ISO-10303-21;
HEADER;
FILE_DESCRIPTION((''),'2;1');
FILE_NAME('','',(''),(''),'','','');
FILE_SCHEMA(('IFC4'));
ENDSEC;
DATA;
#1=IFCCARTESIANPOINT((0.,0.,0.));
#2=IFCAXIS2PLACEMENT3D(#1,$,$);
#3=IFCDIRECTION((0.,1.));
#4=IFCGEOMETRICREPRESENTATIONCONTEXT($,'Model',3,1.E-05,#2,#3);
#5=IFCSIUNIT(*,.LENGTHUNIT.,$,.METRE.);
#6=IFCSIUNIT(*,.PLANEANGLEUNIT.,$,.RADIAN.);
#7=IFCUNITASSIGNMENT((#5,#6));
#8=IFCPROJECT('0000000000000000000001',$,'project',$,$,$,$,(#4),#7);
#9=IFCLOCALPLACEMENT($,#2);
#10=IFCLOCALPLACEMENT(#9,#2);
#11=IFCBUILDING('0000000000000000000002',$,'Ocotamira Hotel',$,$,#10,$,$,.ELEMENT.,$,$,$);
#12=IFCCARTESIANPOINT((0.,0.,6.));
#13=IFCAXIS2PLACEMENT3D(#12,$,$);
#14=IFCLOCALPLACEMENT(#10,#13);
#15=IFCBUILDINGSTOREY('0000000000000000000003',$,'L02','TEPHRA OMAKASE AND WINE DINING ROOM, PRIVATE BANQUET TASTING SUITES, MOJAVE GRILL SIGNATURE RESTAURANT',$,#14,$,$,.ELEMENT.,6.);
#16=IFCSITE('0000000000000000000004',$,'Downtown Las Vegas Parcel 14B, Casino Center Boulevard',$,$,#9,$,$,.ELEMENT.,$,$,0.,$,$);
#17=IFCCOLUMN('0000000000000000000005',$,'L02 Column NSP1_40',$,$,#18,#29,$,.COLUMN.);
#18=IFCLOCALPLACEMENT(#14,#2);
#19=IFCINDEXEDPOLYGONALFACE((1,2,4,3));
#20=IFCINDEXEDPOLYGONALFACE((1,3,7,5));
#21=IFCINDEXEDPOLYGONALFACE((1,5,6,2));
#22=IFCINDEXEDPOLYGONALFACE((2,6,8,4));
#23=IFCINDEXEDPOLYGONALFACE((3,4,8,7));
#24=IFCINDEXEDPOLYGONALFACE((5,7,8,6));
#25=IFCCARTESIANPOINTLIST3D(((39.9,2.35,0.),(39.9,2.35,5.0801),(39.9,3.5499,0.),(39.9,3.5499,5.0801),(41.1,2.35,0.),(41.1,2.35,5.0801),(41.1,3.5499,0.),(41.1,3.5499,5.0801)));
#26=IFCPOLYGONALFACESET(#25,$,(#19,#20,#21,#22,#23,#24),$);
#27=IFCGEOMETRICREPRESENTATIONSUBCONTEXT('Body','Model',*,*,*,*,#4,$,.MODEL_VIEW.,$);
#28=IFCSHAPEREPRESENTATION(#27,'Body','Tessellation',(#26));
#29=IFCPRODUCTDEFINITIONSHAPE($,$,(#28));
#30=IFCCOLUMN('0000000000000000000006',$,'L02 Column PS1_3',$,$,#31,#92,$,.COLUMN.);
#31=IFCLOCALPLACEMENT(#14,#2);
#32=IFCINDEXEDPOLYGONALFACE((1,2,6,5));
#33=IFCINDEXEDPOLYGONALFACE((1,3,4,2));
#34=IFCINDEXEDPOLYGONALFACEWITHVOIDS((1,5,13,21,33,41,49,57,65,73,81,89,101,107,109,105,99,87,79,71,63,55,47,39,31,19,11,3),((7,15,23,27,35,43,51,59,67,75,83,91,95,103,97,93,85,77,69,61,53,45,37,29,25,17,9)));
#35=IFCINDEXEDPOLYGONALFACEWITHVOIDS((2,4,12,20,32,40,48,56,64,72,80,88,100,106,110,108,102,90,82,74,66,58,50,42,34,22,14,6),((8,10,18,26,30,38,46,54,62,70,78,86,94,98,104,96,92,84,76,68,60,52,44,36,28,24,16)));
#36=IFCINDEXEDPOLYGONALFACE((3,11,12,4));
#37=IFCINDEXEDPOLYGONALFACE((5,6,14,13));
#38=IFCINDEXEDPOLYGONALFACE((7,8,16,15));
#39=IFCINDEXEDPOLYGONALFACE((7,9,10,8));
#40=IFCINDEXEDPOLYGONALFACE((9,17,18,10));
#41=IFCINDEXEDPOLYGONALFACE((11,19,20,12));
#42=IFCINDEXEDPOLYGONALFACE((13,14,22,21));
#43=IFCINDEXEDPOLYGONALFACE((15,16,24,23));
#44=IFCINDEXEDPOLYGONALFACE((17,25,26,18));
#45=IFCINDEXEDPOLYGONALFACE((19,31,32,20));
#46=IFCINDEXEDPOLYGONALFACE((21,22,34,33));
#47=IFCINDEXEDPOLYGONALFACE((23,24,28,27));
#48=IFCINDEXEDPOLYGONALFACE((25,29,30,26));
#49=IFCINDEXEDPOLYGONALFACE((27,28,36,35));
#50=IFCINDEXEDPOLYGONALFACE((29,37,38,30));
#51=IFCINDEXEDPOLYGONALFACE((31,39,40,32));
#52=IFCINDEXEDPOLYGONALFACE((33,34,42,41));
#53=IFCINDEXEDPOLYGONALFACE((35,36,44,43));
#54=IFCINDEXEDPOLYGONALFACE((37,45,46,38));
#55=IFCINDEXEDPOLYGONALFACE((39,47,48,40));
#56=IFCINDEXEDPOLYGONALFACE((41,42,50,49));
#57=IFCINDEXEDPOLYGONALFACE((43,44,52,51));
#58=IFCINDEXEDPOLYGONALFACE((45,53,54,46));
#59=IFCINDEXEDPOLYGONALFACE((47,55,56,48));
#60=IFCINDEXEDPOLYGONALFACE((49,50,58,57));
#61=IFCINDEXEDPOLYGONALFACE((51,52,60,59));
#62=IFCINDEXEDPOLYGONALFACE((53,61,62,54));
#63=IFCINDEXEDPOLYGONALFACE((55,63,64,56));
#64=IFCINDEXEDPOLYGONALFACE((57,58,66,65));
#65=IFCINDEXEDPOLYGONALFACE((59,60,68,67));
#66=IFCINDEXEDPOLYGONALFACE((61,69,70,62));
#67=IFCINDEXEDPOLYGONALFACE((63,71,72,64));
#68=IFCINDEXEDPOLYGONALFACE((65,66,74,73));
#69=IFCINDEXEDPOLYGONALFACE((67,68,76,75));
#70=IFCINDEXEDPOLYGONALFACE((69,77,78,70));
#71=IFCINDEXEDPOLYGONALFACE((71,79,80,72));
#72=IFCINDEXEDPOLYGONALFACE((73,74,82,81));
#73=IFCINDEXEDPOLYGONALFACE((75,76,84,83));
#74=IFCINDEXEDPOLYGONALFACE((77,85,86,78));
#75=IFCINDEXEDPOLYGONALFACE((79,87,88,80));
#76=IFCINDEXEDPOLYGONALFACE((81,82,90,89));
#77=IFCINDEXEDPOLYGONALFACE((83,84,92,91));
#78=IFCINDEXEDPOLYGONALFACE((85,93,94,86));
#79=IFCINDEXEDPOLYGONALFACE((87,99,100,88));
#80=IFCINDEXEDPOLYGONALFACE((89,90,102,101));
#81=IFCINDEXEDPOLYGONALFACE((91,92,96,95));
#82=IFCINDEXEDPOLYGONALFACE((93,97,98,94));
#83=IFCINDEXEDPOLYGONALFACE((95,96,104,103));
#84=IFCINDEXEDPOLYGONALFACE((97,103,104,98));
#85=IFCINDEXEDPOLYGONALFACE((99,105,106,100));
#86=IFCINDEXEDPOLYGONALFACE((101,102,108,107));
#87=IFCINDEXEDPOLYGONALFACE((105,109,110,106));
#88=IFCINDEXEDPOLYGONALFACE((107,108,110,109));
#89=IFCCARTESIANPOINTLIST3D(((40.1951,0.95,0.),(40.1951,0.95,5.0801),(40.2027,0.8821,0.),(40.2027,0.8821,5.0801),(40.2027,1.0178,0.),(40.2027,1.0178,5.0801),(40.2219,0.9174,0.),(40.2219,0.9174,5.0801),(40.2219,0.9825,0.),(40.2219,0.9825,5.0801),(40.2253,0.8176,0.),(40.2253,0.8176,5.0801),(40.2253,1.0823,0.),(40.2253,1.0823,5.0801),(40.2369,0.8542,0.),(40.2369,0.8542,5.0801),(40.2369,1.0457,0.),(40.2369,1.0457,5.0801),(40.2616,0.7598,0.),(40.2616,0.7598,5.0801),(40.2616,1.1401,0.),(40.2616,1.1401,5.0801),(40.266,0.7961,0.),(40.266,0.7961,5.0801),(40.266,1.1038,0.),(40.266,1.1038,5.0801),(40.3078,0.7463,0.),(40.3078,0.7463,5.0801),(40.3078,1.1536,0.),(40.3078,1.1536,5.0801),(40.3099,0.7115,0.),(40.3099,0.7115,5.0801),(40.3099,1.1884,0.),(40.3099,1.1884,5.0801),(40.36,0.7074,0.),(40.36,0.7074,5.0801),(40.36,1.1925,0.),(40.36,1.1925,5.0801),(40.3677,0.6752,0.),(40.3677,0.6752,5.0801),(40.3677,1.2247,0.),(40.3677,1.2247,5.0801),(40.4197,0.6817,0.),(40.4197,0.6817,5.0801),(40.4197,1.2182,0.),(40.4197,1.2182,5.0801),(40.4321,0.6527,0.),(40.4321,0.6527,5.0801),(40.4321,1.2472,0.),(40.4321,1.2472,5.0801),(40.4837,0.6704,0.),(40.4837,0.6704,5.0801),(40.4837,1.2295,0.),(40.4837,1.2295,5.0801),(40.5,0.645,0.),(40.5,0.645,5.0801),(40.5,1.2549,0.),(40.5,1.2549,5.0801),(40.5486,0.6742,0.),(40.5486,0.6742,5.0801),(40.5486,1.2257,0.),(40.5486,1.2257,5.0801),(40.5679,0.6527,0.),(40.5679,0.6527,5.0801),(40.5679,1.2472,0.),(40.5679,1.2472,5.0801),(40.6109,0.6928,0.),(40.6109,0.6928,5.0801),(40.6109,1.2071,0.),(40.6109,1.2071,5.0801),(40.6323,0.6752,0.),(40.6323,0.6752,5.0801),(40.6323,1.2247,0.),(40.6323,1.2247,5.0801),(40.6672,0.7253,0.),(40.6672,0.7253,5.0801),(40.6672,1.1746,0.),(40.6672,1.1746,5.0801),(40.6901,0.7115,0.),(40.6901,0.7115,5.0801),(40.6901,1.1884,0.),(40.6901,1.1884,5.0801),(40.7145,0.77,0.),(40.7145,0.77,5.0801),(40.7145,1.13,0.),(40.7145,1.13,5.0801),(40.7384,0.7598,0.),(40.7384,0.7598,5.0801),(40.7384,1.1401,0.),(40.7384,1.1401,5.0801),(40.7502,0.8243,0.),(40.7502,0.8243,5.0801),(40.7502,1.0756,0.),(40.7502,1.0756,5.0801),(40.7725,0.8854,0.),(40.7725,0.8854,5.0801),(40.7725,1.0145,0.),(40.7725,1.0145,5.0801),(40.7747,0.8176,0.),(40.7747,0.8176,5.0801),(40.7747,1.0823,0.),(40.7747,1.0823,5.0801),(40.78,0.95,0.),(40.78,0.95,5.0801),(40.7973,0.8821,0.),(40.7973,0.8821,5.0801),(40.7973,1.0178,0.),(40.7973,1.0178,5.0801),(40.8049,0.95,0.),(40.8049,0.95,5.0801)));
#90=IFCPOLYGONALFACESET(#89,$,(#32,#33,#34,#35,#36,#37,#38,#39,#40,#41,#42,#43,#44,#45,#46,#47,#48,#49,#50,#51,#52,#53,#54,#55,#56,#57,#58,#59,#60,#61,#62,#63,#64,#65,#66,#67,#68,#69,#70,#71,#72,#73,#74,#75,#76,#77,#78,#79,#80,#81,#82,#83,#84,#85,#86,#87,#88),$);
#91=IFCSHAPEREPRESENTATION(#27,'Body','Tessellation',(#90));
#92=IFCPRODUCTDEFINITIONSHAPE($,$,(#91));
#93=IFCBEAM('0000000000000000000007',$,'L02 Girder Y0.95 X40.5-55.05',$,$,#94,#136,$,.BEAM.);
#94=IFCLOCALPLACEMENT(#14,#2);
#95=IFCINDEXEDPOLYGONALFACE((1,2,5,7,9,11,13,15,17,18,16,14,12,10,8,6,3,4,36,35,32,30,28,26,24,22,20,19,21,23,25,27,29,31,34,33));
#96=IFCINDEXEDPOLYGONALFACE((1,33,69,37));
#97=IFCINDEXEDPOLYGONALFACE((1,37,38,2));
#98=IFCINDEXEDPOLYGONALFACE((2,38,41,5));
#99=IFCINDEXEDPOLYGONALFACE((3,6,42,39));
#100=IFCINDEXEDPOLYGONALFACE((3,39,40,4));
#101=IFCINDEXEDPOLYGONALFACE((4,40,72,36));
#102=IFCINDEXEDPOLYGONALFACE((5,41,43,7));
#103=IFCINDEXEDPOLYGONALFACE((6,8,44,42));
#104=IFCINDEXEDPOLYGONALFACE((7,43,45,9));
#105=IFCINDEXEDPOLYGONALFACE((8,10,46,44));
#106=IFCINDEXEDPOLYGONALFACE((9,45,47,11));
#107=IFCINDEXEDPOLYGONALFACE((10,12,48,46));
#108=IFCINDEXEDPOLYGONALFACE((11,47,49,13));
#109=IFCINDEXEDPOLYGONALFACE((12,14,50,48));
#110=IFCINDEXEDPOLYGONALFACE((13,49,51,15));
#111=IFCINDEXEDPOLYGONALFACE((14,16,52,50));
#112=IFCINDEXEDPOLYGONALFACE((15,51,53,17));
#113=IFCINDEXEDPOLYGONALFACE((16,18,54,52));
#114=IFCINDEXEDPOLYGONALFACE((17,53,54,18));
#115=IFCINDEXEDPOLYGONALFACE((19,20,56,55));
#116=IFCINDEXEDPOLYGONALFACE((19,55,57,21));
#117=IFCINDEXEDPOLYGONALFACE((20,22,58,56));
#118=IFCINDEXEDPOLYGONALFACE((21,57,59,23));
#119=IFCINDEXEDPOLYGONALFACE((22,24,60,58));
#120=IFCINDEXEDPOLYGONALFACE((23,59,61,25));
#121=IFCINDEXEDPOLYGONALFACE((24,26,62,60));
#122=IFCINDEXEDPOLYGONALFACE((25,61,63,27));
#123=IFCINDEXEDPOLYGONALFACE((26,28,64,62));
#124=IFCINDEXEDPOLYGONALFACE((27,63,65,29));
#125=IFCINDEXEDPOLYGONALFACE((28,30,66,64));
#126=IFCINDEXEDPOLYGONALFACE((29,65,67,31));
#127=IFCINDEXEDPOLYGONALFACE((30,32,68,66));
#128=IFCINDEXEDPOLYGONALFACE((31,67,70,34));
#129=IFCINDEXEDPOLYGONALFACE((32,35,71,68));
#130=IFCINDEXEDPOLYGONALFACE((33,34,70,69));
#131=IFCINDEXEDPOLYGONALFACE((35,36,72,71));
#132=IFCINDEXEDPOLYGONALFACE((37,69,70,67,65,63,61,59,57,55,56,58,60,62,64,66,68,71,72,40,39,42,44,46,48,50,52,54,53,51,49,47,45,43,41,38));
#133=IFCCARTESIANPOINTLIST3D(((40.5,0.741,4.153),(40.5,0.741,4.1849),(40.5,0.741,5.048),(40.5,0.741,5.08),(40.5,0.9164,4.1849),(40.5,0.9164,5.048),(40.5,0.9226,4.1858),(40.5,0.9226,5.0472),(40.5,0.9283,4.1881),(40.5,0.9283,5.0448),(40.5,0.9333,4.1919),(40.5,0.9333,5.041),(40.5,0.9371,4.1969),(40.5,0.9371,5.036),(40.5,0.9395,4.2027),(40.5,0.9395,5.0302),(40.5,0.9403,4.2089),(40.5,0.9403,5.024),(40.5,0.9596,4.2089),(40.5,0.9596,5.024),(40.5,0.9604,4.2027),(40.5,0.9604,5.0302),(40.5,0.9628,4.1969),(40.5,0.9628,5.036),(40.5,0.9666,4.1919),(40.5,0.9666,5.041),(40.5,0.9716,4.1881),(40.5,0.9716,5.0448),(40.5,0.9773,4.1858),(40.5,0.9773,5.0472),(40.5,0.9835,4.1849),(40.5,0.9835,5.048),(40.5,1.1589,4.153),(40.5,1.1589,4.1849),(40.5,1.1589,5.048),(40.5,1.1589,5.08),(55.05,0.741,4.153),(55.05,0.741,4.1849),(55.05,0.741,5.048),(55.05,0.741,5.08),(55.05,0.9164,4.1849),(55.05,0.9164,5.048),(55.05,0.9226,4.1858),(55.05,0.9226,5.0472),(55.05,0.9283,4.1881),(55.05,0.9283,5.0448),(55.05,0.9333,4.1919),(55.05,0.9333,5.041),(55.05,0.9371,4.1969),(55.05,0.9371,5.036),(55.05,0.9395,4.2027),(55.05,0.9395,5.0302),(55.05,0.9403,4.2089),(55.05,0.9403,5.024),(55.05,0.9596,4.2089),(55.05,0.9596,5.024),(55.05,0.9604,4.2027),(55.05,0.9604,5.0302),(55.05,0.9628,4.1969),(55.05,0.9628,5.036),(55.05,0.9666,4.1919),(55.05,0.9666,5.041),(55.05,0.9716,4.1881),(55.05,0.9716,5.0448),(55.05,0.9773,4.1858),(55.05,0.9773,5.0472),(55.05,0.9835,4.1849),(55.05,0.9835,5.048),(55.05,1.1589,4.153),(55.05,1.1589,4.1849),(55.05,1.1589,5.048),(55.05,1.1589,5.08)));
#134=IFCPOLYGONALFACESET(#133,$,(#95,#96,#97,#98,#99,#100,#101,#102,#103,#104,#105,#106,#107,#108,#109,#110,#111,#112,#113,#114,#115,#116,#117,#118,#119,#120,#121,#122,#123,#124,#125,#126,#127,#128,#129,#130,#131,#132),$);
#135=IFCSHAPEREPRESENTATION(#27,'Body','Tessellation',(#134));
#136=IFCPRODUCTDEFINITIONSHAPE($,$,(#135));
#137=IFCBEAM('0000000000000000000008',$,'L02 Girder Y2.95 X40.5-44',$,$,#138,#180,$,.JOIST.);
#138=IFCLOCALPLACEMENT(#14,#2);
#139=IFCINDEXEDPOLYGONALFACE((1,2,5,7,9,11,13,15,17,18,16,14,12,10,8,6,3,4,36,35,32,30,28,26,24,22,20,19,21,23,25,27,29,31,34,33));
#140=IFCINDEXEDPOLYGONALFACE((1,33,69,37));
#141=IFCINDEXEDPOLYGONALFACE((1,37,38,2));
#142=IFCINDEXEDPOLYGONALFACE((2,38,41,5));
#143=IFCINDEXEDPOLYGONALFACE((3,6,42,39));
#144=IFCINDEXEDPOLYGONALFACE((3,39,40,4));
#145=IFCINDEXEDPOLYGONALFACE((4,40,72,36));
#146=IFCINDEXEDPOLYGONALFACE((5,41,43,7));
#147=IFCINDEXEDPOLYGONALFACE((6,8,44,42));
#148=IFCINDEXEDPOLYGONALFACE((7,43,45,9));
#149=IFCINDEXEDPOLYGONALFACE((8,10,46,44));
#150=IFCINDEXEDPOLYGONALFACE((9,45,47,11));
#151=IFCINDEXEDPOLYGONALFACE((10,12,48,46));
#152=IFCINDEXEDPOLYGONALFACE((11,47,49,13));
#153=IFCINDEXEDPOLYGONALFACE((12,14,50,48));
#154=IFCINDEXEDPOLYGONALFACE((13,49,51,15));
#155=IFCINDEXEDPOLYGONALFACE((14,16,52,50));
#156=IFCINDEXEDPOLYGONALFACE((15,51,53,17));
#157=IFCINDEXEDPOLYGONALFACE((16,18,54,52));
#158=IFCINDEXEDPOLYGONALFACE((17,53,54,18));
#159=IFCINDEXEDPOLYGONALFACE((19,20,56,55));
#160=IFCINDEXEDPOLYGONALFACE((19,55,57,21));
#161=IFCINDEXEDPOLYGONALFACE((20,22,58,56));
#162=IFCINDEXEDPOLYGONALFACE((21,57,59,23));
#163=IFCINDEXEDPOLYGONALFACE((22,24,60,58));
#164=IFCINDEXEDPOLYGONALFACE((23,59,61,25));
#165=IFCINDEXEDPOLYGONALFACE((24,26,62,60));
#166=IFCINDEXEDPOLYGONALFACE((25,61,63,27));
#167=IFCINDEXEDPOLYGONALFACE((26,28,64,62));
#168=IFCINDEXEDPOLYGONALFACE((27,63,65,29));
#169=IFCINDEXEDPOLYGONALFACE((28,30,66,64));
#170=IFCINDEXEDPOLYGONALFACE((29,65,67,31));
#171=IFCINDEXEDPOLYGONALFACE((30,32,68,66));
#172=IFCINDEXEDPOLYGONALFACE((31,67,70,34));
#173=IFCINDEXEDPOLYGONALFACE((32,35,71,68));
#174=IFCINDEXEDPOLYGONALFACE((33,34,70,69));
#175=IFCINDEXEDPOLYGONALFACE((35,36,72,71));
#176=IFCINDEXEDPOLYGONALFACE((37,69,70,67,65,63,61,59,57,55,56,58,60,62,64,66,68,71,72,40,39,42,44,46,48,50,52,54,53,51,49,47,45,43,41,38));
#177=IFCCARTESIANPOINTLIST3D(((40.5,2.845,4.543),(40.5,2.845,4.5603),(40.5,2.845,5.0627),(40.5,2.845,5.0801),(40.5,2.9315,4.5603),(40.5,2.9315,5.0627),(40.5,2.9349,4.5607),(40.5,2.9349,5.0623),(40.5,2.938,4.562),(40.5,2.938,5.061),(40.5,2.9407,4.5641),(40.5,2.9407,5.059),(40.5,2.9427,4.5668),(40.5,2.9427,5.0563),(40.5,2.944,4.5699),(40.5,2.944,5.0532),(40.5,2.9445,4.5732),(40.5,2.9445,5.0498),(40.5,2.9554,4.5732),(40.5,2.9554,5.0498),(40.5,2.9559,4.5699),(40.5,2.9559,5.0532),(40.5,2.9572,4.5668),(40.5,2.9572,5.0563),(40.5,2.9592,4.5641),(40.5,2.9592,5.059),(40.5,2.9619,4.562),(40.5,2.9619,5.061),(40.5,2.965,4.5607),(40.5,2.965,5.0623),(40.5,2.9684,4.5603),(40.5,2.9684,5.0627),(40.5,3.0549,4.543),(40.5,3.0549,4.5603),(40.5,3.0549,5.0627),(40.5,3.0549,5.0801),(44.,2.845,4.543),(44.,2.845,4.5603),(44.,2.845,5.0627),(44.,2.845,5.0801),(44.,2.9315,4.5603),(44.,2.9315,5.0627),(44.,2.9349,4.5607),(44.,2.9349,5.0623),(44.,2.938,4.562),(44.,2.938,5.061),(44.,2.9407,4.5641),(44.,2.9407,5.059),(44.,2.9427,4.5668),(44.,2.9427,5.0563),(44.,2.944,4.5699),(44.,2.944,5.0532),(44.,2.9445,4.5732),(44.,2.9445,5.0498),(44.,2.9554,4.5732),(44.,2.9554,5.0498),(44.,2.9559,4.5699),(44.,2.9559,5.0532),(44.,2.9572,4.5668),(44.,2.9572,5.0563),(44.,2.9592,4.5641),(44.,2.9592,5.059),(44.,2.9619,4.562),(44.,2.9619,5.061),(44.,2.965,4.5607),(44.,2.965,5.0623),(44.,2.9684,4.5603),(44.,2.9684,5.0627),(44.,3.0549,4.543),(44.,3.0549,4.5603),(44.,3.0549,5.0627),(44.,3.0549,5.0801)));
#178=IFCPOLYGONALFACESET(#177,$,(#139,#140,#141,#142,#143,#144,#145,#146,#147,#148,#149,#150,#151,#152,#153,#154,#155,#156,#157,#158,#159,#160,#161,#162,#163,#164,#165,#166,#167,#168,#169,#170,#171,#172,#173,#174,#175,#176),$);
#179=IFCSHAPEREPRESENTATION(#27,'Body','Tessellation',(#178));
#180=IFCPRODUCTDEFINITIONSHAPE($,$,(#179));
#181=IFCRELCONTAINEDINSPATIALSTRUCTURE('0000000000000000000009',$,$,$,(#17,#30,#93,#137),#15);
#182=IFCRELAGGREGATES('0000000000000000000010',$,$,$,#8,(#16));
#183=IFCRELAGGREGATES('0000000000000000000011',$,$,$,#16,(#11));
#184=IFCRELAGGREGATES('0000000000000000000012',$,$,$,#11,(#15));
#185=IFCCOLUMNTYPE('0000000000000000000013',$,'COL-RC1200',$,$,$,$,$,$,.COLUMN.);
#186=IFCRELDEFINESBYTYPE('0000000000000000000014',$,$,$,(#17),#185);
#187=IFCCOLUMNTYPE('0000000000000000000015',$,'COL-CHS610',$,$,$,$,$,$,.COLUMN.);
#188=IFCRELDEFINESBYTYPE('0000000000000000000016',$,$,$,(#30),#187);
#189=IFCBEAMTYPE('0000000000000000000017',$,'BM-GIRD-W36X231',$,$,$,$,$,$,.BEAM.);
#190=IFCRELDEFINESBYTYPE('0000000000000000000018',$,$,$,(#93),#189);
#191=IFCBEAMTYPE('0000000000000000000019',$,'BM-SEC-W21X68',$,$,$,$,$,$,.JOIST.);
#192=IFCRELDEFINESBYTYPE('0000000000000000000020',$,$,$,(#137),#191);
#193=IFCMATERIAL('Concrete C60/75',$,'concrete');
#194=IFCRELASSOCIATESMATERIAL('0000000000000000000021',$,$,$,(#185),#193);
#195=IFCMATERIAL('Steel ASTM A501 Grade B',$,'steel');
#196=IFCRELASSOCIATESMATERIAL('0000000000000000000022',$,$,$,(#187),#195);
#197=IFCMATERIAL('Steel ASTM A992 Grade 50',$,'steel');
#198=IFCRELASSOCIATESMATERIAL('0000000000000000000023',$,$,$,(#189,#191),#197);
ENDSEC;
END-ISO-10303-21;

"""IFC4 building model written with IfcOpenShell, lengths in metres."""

from ifc_helpers import new_model, si_unit, direction, frame, origin, origin_2d, place, context, subcontext, project, spatial, rectangle, hollow_circle, i_section, extrude, source, transform, mapped, material, material_profile, profile_set, type_object, element, save


model = new_model("IFC4")

# Units and contexts
model_context = context("Model", 3, precision=1e-05, world=origin(), true_north=direction((0.0, 1.0)))
body_context = subcontext(model_context, "Body", "Model", "MODEL_VIEW")
ifc_project = project(units=[si_unit("LENGTHUNIT", "METRE"), si_unit("PLANEANGLEUNIT", "RADIAN")], contexts=[model_context])

# Site, building, storey
site_placement = place(None, origin())
site = spatial("IfcSite", under=ifc_project, at=site_placement, Name="Downtown Las Vegas Parcel 14B, Casino Center Boulevard", CompositionType="ELEMENT", RefElevation=0.0)
building_placement = place(site_placement, origin())
building = spatial("IfcBuilding", under=site, at=building_placement, Name="Ocotamira Hotel", CompositionType="ELEMENT")
storey_placement = place(building_placement, frame((0.0, 0.0, 6.0)))
storey = spatial("IfcBuildingStorey", under=building, at=storey_placement, Name="L02", Description="TEPHRA OMAKASE AND WINE DINING ROOM, PRIVATE BANQUET TASTING SUITES, MOJAVE GRILL SIGNATURE RESTAURANT", CompositionType="ELEMENT", Elevation=6.0)

# Columns
ifc_material_1 = material(Name="Concrete C60/75", Category="concrete")
ifc_material_profile_1 = material_profile(ifc_material_1, rectangle(XDim=1.2, YDim=1.2, at=origin_2d()), Name="RC1200X1200")
ifc_profile_set_1 = profile_set([ifc_material_profile_1], Name="Concrete C60/75")
column_type_1 = type_object("IfcColumnType", Name="COL-RC1200", PredefinedType="COLUMN", material=ifc_profile_set_1)
shared_shape_1 = source(origin(), body_context, "Body", "SweptSolid", [
    extrude(rectangle(XDim=1.2, YDim=1.2, at=origin_2d()), origin(), (0.0, 0.0, 1.0), 5.0801),
])
column_1_placement = place(storey_placement, frame((40.5, 2.95, 0.0), z_axis=(0.0, 0.0, 1.0), x_axis=(1.0, 0.0, 0.0)))
element("IfcColumn", 1, at=column_1_placement, inside=storey, type_object=column_type_1, Name="L02 Column NSP1_40", PredefinedType="COLUMN", context=body_context, shape_type="MappedRepresentation", body=[
    mapped(shared_shape_1, transform((0.0, 0.0, 0.0), scale=1.0)),
])
ifc_material_2 = material(Name="Steel ASTM A501 Grade B", Category="steel")
ifc_material_profile_2 = material_profile(ifc_material_2, hollow_circle(Radius=0.3049, WallThickness=0.0249, at=origin_2d()), Name="CHS610X25")
ifc_profile_set_2 = profile_set([ifc_material_profile_2], Name="Steel ASTM A501 Grade B")
column_type_2 = type_object("IfcColumnType", Name="COL-CHS610", PredefinedType="COLUMN", material=ifc_profile_set_2)
shared_shape_2 = source(origin(), body_context, "Body", "SweptSolid", [
    extrude(hollow_circle(Radius=0.3049, WallThickness=0.0249, at=origin_2d()), origin(), (0.0, 0.0, 1.0), 5.0801),
])
column_2_placement = place(storey_placement, frame((40.5, 0.95, 0.0), z_axis=(0.0, 0.0, 1.0), x_axis=(1.0, 0.0, 0.0)))
element("IfcColumn", 2, at=column_2_placement, inside=storey, type_object=column_type_2, Name="L02 Column PS1_3", PredefinedType="COLUMN", context=body_context, shape_type="MappedRepresentation", body=[
    mapped(shared_shape_2, transform((0.0, 0.0, 0.0), scale=1.0)),
])

# Beams
ifc_material_3 = material(Name="Steel ASTM A992 Grade 50", Category="steel")
ifc_material_profile_3 = material_profile(ifc_material_3, i_section(OverallWidth=0.418, OverallDepth=0.927, WebThickness=0.0193, FlangeThickness=0.032, FilletRadius=0.0239, at=origin_2d()), Name="W36X231")
ifc_profile_set_3 = profile_set([ifc_material_profile_3], Name="Steel ASTM A992 Grade 50")
beam_type_1 = type_object("IfcBeamType", Name="BM-GIRD-W36X231", PredefinedType="BEAM", material=ifc_profile_set_3)
shared_shape_3 = source(origin(), body_context, "Body", "SweptSolid", [
    extrude(i_section(OverallWidth=0.418, OverallDepth=0.927, WebThickness=0.0193, FlangeThickness=0.032, FilletRadius=0.0239, at=origin_2d()), origin(), (0.0, 0.0, 1.0), 14.55),
])
beam_1_placement = place(storey_placement, frame((40.5, 0.95, 4.6165), z_axis=(1.0, 0.0, 0.0), x_axis=(0.0, 1.0, 0.0)))
element("IfcBeam", 3, at=beam_1_placement, inside=storey, type_object=beam_type_1, Name="L02 Girder Y0.95 X40.5-55.05", PredefinedType="BEAM", context=body_context, shape_type="MappedRepresentation", body=[
    mapped(shared_shape_3, transform((0.0, 0.0, 0.0), scale=1.0)),
])
ifc_material_profile_4 = material_profile(ifc_material_3, i_section(OverallWidth=0.21, OverallDepth=0.5371, WebThickness=0.011, FlangeThickness=0.0173, FilletRadius=0.0129, at=origin_2d()), Name="W21X68")
ifc_profile_set_4 = profile_set([ifc_material_profile_4], Name="Steel ASTM A992 Grade 50")
beam_type_2 = type_object("IfcBeamType", Name="BM-SEC-W21X68", PredefinedType="JOIST", material=ifc_profile_set_4)
shared_shape_4 = source(origin(), body_context, "Body", "SweptSolid", [
    extrude(i_section(OverallWidth=0.21, OverallDepth=0.5371, WebThickness=0.011, FlangeThickness=0.0173, FilletRadius=0.0129, at=origin_2d()), origin(), (0.0, 0.0, 1.0), 3.5),
])
beam_2_placement = place(storey_placement, frame((40.5, 2.95, 4.8115), z_axis=(1.0, 0.0, 0.0), x_axis=(0.0, 1.0, 0.0)))
element("IfcBeam", 4, at=beam_2_placement, inside=storey, type_object=beam_type_2, Name="L02 Girder Y2.95 X40.5-44", PredefinedType="JOIST", context=body_context, shape_type="MappedRepresentation", body=[
    mapped(shared_shape_4, transform((0.0, 0.0, 0.0), scale=1.0)),
])

save(model, "model.ifc")
